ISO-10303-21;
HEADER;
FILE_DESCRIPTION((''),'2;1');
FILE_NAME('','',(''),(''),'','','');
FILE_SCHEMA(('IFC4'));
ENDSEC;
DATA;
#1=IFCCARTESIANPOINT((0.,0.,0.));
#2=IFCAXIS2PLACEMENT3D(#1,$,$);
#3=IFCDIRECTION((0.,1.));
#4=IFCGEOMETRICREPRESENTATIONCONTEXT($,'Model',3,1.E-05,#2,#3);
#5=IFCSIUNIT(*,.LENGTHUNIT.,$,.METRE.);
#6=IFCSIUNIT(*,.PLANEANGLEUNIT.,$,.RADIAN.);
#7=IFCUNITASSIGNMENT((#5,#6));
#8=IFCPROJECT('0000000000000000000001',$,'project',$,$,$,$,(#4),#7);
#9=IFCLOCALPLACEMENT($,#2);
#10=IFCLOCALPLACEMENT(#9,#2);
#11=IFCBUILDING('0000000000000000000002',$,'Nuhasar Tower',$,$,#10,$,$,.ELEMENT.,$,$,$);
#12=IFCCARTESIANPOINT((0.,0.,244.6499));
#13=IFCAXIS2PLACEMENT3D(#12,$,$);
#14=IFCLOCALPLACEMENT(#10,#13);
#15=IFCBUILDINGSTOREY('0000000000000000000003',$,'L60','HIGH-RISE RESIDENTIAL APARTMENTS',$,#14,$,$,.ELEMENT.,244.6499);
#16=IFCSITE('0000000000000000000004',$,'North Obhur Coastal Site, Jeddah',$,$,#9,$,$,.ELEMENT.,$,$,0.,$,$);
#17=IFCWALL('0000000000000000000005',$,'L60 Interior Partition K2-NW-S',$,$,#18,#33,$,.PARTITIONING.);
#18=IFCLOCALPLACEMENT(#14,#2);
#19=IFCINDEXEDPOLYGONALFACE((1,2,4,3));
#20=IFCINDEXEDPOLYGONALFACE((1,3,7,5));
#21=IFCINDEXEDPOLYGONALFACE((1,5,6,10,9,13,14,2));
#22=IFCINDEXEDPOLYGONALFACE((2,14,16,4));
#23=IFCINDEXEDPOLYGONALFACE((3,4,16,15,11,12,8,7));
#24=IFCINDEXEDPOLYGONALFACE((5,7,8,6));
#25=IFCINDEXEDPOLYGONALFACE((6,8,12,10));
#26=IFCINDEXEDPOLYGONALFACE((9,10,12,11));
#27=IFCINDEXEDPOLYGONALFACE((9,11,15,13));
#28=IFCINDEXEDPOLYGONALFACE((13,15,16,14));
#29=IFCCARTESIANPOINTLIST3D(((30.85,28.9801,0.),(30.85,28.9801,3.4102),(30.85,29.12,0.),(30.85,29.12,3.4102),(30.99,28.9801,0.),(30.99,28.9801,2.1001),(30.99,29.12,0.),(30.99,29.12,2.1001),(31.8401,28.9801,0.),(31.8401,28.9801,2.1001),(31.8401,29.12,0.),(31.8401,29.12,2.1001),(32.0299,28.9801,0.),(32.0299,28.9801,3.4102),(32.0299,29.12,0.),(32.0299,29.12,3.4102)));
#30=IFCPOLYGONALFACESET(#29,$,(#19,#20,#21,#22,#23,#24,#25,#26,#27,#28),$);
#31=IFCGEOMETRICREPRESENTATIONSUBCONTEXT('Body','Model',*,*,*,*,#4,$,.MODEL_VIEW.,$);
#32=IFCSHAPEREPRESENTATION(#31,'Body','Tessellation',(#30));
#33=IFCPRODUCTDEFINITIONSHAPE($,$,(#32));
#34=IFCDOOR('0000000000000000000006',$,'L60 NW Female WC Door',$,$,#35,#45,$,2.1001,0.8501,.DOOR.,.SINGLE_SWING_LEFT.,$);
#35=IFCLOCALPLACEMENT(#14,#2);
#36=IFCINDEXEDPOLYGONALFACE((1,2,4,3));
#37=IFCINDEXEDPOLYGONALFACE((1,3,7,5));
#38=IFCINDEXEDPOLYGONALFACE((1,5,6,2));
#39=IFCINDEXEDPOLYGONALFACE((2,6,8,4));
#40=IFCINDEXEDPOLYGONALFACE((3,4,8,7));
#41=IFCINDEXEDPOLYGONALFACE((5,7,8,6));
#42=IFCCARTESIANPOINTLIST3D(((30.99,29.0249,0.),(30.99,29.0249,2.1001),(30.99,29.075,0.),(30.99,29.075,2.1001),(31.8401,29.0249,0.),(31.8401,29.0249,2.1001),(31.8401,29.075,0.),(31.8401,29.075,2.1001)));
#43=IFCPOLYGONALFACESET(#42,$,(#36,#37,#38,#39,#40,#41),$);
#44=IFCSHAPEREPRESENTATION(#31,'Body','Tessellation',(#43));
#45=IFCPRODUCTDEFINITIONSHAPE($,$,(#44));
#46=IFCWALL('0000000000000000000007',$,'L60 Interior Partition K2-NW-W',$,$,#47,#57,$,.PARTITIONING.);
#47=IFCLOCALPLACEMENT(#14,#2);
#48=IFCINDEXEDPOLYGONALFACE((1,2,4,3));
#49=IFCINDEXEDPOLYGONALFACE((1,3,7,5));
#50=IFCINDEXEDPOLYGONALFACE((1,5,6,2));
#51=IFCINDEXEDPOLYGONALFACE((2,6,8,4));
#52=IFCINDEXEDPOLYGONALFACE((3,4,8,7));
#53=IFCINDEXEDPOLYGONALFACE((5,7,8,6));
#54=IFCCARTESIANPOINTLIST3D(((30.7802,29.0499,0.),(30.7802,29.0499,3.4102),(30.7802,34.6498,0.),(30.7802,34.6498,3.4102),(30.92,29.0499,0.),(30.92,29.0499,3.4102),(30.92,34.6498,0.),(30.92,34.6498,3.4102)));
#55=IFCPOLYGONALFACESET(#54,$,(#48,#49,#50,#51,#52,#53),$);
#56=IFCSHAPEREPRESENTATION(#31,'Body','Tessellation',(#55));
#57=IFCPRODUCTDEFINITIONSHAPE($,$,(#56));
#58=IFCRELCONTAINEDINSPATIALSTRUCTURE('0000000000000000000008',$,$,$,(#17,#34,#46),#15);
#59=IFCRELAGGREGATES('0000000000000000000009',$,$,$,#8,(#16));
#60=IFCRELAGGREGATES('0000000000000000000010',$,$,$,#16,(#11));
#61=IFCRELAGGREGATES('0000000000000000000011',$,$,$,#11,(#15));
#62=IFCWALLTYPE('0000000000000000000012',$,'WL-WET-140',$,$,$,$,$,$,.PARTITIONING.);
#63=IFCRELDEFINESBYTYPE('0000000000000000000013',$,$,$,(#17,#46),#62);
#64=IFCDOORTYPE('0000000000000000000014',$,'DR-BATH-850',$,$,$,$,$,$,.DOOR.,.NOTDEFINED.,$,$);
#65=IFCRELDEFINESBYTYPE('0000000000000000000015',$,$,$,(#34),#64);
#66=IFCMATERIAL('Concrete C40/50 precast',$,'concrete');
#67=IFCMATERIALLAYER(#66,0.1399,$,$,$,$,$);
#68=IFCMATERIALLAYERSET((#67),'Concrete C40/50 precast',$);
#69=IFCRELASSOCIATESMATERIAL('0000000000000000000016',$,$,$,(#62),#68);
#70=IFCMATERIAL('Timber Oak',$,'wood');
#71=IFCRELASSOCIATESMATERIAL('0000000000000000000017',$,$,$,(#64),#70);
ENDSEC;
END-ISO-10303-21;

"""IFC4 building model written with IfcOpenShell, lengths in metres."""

from ifc_helpers import new_model, si_unit, direction, frame, frame_2d, origin, place, context, subcontext, project, spatial, rectangle, extrude, material, layer, layer_set, type_object, element, fill, save


model = new_model("IFC4")

# Units and contexts
model_context = context("Model", 3, precision=1e-05, world=origin(), true_north=direction((0.0, 1.0)))
body_context = subcontext(model_context, "Body", "Model", "MODEL_VIEW")
ifc_project = project(units=[si_unit("LENGTHUNIT", "METRE"), si_unit("PLANEANGLEUNIT", "RADIAN")], contexts=[model_context])

# Site, building, storey
site_placement = place(None, origin())
site = spatial("IfcSite", under=ifc_project, at=site_placement, Name="North Obhur Coastal Site, Jeddah", CompositionType="ELEMENT", RefElevation=0.0)
building_placement = place(site_placement, origin())
building = spatial("IfcBuilding", under=site, at=building_placement, Name="Nuhasar Tower", CompositionType="ELEMENT")
storey_placement = place(building_placement, frame((0.0, 0.0, 244.6499)))
storey = spatial("IfcBuildingStorey", under=building, at=storey_placement, Name="L60", Description="HIGH-RISE RESIDENTIAL APARTMENTS", CompositionType="ELEMENT", Elevation=244.6499)

# Shared definitions
ifc_material_1 = material(Name="Timber Oak", Category="wood")

# Shared definitions
ifc_material_2 = material(Name="Concrete C40/50 precast", Category="concrete")
ifc_layer_1 = layer(ifc_material_2, 0.1399)
ifc_layer_set_1 = layer_set([ifc_layer_1], Name="Concrete C40/50 precast")
wall_type_1 = type_object("IfcWallType", Name="WL-WET-140", PredefinedType="PARTITIONING", material=ifc_layer_set_1)

# Wall, opening, door
wall_1_placement = place(storey_placement, frame((30.8501, 29.05, 0.0), z_axis=(0.0, 0.0, 1.0), x_axis=(1.0, 0.0, 0.0)))
wall_1 = element("IfcWall", 1, at=wall_1_placement, inside=storey, type_object=wall_type_1, Name="L60 Interior Partition K2-NW-S", PredefinedType="PARTITIONING", context=body_context, shape_type="SweptSolid", body=[
    extrude(rectangle(XDim=1.1799, YDim=0.1399, at=frame_2d((0.5898, 0.0))), origin(), (0.0, 0.0, 1.0), 3.4102),
])
opening_1_placement = place(wall_1_placement, frame((0.1399, 0.0, 0.0)))
opening_1 = element("IfcOpeningElement", 2, at=opening_1_placement, cuts=wall_1, PredefinedType="OPENING", context=body_context, shape_type="SweptSolid", body=[
    extrude(rectangle(XDim=0.8501, YDim=2.1001, at=frame_2d((0.425, 1.05))), frame((0.0, 0.0801, 0.0), z_axis=(0.0, -1.0, 0.0), x_axis=(1.0, 0.0, 0.0)), (0.0, 0.0, 1.0), 0.1599),
])
door_type_1 = type_object("IfcDoorType", Name="DR-BATH-850", OperationType="NOTDEFINED", PredefinedType="DOOR", material=ifc_material_1)
door_1_placement = place(opening_1_placement, origin())
door_1 = element("IfcDoor", 3, at=door_1_placement, inside=storey, type_object=door_type_1, Name="L60 NW Female WC Door", OperationType="SINGLE_SWING_LEFT", OverallHeight=2.1001, OverallWidth=0.8501, PredefinedType="DOOR", context=body_context, shape_type="SweptSolid", body=[
    extrude(rectangle(XDim=0.8501, YDim=2.1001, at=frame_2d((0.425, 1.05))), frame((0.0, 0.0249, 0.0), z_axis=(0.0, -1.0, 0.0), x_axis=(1.0, 0.0, 0.0)), (0.0, 0.0, 1.0), 0.05),
])
fill(opening_1, door_1)

# Wall
wall_2_placement = place(storey_placement, frame((30.8501, 29.05, 0.0), z_axis=(0.0, 0.0, 1.0), x_axis=(0.0, 1.0, 0.0)))
element("IfcWall", 4, at=wall_2_placement, inside=storey, type_object=wall_type_1, Name="L60 Interior Partition K2-NW-W", PredefinedType="PARTITIONING", context=body_context, shape_type="SweptSolid", body=[
    extrude(rectangle(XDim=5.5999, YDim=0.1399, at=frame_2d((2.7998, 0.0))), origin(), (0.0, 0.0, 1.0), 3.4102),
])

save(model, "model.ifc")
